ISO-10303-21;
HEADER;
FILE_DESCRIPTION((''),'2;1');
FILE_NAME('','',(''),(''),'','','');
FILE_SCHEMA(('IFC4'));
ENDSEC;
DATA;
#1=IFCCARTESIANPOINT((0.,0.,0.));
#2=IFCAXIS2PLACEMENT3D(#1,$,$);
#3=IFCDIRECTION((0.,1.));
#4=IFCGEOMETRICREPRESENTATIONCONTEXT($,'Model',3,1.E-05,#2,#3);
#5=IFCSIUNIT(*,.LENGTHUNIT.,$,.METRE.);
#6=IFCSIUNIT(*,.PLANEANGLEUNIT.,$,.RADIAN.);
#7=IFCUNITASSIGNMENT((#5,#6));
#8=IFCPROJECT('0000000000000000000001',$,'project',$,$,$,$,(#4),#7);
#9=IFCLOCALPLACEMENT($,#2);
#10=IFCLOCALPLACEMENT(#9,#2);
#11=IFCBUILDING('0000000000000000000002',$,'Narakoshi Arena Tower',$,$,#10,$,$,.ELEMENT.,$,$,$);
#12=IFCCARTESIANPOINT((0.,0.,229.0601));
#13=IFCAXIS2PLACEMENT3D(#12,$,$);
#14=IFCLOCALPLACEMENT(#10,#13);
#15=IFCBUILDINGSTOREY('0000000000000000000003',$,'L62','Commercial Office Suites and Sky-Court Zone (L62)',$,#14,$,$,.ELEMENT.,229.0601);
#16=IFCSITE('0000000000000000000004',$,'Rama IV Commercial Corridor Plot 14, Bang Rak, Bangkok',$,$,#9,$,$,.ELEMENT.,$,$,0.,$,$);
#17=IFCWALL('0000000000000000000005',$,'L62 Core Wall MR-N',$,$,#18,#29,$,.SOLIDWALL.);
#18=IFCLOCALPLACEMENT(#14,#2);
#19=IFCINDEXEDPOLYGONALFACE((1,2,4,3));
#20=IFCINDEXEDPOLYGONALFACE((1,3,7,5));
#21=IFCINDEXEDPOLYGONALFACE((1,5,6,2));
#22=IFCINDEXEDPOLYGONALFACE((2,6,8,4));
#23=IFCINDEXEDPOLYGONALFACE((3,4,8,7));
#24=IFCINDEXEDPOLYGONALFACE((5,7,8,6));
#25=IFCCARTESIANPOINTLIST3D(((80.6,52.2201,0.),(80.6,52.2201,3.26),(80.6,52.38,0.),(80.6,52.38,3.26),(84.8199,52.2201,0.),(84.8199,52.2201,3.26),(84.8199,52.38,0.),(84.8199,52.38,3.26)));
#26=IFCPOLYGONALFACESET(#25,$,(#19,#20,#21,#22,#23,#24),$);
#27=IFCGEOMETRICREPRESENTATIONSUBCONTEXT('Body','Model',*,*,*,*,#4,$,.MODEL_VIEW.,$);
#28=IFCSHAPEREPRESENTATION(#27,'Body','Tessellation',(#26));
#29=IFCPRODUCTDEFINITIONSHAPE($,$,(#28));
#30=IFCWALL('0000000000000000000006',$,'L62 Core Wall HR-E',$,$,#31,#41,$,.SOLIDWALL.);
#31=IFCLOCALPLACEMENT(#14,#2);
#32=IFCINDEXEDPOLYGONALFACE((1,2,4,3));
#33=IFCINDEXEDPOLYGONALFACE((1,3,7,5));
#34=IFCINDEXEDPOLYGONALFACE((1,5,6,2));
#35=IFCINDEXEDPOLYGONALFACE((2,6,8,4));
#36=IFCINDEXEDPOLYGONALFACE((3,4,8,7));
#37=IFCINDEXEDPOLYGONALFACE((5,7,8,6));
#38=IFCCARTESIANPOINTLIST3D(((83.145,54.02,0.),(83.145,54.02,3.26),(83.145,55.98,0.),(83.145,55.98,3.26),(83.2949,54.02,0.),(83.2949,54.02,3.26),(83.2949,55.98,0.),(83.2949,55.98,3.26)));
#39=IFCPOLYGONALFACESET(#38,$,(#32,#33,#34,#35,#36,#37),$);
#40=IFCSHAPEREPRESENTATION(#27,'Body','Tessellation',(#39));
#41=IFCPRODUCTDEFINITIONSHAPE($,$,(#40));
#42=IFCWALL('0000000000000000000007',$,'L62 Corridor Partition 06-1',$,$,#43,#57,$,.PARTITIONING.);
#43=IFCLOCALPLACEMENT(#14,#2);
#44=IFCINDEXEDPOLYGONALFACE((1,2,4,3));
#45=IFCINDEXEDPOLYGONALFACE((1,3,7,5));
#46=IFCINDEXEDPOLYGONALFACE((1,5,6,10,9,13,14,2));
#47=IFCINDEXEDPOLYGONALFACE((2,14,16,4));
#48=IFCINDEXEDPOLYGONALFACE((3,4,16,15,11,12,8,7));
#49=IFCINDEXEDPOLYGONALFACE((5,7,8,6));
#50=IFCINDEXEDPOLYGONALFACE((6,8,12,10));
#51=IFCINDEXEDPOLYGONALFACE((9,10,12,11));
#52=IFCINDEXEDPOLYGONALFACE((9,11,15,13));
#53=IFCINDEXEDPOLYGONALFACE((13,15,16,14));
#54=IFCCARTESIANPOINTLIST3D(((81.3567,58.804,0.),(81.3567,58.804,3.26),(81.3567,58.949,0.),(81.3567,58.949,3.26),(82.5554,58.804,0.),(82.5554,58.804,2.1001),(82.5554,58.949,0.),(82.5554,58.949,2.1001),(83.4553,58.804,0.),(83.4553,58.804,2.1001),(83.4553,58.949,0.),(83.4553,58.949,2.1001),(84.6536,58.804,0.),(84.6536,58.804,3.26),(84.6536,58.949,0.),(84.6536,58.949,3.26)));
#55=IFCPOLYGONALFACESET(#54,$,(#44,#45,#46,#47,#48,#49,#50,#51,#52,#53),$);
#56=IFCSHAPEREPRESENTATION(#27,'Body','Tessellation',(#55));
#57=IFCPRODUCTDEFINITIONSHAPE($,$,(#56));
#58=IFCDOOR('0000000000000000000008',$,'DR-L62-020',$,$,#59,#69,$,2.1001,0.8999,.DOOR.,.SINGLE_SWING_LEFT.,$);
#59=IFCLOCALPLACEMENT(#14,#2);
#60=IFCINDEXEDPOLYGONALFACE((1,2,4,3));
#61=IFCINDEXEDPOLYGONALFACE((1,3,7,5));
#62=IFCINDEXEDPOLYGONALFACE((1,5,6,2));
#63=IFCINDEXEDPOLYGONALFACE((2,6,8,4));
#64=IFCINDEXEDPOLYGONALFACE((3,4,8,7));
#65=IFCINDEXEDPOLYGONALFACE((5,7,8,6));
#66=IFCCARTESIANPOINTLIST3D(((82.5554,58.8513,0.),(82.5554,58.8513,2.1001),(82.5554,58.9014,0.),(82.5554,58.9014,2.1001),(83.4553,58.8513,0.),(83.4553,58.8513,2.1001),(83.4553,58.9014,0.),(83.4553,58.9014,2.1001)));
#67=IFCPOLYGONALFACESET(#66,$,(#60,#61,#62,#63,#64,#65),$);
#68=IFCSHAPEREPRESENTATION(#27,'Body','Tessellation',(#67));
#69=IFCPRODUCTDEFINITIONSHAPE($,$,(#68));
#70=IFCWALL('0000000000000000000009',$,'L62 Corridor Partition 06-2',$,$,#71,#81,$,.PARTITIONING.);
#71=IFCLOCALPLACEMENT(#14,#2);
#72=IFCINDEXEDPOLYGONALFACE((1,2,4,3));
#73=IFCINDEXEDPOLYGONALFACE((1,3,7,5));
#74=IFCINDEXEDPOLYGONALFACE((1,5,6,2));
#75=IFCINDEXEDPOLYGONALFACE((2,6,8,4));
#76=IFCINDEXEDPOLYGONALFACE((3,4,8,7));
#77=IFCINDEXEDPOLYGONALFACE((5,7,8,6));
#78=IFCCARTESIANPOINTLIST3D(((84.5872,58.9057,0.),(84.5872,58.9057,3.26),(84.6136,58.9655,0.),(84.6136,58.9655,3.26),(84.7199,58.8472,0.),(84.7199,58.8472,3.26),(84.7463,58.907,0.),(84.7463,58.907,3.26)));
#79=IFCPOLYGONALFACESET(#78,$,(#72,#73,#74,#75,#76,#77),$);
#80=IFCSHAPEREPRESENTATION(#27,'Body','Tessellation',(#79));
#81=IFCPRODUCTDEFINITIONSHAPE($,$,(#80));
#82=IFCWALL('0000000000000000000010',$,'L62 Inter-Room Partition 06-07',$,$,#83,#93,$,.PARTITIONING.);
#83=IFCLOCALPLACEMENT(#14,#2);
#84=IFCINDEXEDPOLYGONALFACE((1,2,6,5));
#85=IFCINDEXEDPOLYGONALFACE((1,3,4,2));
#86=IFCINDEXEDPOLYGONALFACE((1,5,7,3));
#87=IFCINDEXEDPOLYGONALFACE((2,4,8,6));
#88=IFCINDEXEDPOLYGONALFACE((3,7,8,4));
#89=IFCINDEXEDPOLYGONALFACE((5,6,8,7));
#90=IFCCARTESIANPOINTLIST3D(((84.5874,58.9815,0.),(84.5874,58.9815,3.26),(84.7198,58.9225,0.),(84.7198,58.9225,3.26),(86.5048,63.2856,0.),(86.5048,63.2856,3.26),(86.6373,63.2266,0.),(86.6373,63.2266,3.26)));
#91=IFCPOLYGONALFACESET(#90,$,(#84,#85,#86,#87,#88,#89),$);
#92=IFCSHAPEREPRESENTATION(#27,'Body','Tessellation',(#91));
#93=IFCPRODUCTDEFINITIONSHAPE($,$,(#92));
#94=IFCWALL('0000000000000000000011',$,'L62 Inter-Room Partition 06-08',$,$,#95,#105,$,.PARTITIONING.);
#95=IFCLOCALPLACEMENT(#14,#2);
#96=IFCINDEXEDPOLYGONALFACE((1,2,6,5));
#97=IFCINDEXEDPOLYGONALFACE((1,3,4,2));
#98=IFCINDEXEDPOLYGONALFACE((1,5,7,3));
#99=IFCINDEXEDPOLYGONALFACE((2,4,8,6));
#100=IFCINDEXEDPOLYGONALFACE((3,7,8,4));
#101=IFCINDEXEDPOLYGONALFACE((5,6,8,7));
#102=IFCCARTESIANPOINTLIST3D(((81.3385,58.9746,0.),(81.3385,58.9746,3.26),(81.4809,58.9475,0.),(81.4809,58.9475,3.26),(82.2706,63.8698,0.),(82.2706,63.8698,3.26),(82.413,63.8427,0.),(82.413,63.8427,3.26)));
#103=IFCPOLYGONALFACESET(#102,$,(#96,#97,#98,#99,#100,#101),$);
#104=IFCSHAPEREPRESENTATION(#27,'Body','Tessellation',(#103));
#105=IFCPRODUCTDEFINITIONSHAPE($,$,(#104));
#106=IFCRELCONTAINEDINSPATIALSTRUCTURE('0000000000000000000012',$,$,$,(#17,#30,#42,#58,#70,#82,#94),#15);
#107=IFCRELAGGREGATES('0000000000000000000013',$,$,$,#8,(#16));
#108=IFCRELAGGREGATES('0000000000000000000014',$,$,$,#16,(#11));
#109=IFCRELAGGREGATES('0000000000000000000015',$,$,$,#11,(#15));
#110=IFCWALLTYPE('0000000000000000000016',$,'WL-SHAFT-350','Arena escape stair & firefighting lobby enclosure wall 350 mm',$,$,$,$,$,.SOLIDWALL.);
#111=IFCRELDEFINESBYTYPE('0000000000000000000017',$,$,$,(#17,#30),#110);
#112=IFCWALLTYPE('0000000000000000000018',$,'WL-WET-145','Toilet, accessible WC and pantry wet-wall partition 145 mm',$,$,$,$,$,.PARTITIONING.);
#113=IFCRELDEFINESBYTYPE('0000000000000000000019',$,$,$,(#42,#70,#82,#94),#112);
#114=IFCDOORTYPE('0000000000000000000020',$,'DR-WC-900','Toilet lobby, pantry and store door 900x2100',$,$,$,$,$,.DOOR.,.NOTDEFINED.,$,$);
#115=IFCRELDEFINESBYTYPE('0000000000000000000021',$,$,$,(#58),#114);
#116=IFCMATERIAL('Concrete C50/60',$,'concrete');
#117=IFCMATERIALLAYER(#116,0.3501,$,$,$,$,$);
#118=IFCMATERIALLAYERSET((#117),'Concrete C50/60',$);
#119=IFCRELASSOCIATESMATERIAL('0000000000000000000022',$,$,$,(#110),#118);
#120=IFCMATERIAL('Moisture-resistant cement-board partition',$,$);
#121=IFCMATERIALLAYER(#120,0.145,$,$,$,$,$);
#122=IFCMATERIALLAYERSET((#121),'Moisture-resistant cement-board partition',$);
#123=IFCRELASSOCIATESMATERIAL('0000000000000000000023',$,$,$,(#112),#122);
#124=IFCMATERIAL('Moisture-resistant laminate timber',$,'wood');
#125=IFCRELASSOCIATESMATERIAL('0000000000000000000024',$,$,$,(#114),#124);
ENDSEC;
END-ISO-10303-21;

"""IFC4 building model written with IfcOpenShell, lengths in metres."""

from ifc_helpers import new_model, si_unit, direction, frame, frame_2d, origin, place, context, subcontext, project, spatial, rectangle, extrude, material, layer, layer_set, type_object, element, fill, save


model = new_model("IFC4")

# Units and contexts
model_context = context("Model", 3, precision=1e-05, world=origin(), true_north=direction((0.0, 1.0)))
body_context = subcontext(model_context, "Body", "Model", "MODEL_VIEW")
ifc_project = project(units=[si_unit("LENGTHUNIT", "METRE"), si_unit("PLANEANGLEUNIT", "RADIAN")], contexts=[model_context])

# Site, building, storey
site_placement = place(None, origin())
site = spatial("IfcSite", under=ifc_project, at=site_placement, Name="Rama IV Commercial Corridor Plot 14, Bang Rak, Bangkok", CompositionType="ELEMENT", RefElevation=0.0)
building_placement = place(site_placement, origin())
building = spatial("IfcBuilding", under=site, at=building_placement, Name="Narakoshi Arena Tower", CompositionType="ELEMENT")
storey_placement = place(building_placement, frame((0.0, 0.0, 229.0601)))
storey = spatial("IfcBuildingStorey", under=building, at=storey_placement, Name="L62", Description="Commercial Office Suites and Sky-Court Zone (L62)", CompositionType="ELEMENT", Elevation=229.0601)

# Shared definitions
ifc_material_1 = material(Name="Concrete C50/60", Category="concrete")
ifc_layer_1 = layer(ifc_material_1, 0.3501)
ifc_layer_set_1 = layer_set([ifc_layer_1], Name="Concrete C50/60")
wall_type_1 = type_object("IfcWallType", Name="WL-SHAFT-350", Description="Arena escape stair & firefighting lobby enclosure wall 350 mm", PredefinedType="SOLIDWALL", material=ifc_layer_set_1)

# Walls
wall_1_placement = place(storey_placement, frame((80.6001, 52.3, 0.0), z_axis=(0.0, 0.0, 1.0), x_axis=(1.0, 0.0, 0.0)))
element("IfcWall", 1, at=wall_1_placement, inside=storey, type_object=wall_type_1, Name="L62 Core Wall MR-N", PredefinedType="SOLIDWALL", context=body_context, shape_type="SweptSolid", body=[
    extrude(rectangle(XDim=4.22, YDim=0.1599, at=frame_2d((2.1099, 0.0))), origin(), (0.0, 0.0, 1.0), 3.26),
])
wall_2_placement = place(storey_placement, frame((83.22, 54.02, 0.0), z_axis=(0.0, 0.0, 1.0), x_axis=(0.0, 1.0, 0.0)))
element("IfcWall", 2, at=wall_2_placement, inside=storey, type_object=wall_type_1, Name="L62 Core Wall HR-E", PredefinedType="SOLIDWALL", context=body_context, shape_type="SweptSolid", body=[
    extrude(rectangle(XDim=1.96, YDim=0.1499, at=frame_2d((0.98, 0.0))), origin(), (0.0, 0.0, 1.0), 3.26),
])

# Wall, opening, door
ifc_material_2 = material(Name="Moisture-resistant cement-board partition")
ifc_layer_2 = layer(ifc_material_2, 0.145)
ifc_layer_set_2 = layer_set([ifc_layer_2], Name="Moisture-resistant cement-board partition")
wall_type_2 = type_object("IfcWallType", Name="WL-WET-145", Description="Toilet, accessible WC and pantry wet-wall partition 145 mm", PredefinedType="PARTITIONING", material=ifc_layer_set_2)
wall_3_placement = place(storey_placement, frame((84.6536, 58.8765, 0.0), z_axis=(0.0, 0.0, 1.0), x_axis=(-1.0, 0.0, 0.0)))
wall_3 = element("IfcWall", 3, at=wall_3_placement, inside=storey, type_object=wall_type_2, Name="L62 Corridor Partition 06-1", PredefinedType="PARTITIONING", context=body_context, shape_type="SweptSolid", body=[
    extrude(rectangle(XDim=3.2969, YDim=0.145, at=frame_2d((1.6484, 0.0))), origin(), (0.0, 0.0, 1.0), 3.26),
])
opening_1_placement = place(wall_3_placement, frame((1.1982, 0.0, 0.0)))
opening_1 = element("IfcOpeningElement", 4, at=opening_1_placement, cuts=wall_3, PredefinedType="OPENING", context=body_context, shape_type="SweptSolid", body=[
    extrude(rectangle(XDim=0.8999, YDim=2.1001, at=frame_2d((0.45, 1.05))), frame((0.0, 0.0825, 0.0), z_axis=(0.0, -1.0, 0.0), x_axis=(1.0, 0.0, 0.0)), (0.0, 0.0, 1.0), 0.165),
])
ifc_material_3 = material(Name="Moisture-resistant laminate timber", Category="wood")
door_type_1 = type_object("IfcDoorType", Name="DR-WC-900", Description="Toilet lobby, pantry and store door 900x2100", OperationType="NOTDEFINED", PredefinedType="DOOR", material=ifc_material_3)
door_1_placement = place(opening_1_placement, frame((0.8999, 0.0, 0.0), z_axis=(0.0, 0.0, 1.0), x_axis=(-1.0, 0.0, 0.0)))
door_1 = element("IfcDoor", 5, at=door_1_placement, inside=storey, type_object=door_type_1, Name="DR-L62-020", OperationType="SINGLE_SWING_LEFT", OverallHeight=2.1001, OverallWidth=0.8999, PredefinedType="DOOR", context=body_context, shape_type="SweptSolid", body=[
    extrude(rectangle(XDim=0.8999, YDim=2.1001, at=frame_2d((0.45, 1.05))), frame((0.0, 0.0249, 0.0), z_axis=(0.0, -1.0, 0.0), x_axis=(1.0, 0.0, 0.0)), (0.0, 0.0, 1.0), 0.05),
])
fill(opening_1, door_1)

# Walls
wall_4_placement = place(storey_placement, frame((84.6799, 58.9363, 0.0), z_axis=(0.0, 0.0, 1.0), x_axis=(-0.403364, -0.915039, 0.0)))
element("IfcWall", 6, at=wall_4_placement, inside=storey, type_object=wall_type_2, Name="L62 Corridor Partition 06-2", PredefinedType="PARTITIONING", context=body_context, shape_type="SweptSolid", body=[
    extrude(rectangle(XDim=0.0654, YDim=0.145, at=frame_2d((0.0327, 0.0))), origin(), (0.0, 0.0, 1.0), 3.26),
])
wall_5_placement = place(storey_placement, frame((86.571, 63.2561, 0.0), z_axis=(0.0, 0.0, 1.0), x_axis=(-0.406936, -0.913457, 0.0)))
element("IfcWall", 7, at=wall_5_placement, inside=storey, type_object=wall_type_2, Name="L62 Inter-Room Partition 06-07", PredefinedType="PARTITIONING", context=body_context, shape_type="SweptSolid", body=[
    extrude(rectangle(XDim=4.7119, YDim=0.145, at=frame_2d((2.356, 0.0))), origin(), (0.0, 0.0, 1.0), 3.26),
])
wall_6_placement = place(storey_placement, frame((81.4097, 58.9609, 0.0), z_axis=(0.0, 0.0, 1.0), x_axis=(0.187054, 0.98235, 0.0)))
element("IfcWall", 8, at=wall_6_placement, inside=storey, type_object=wall_type_2, Name="L62 Inter-Room Partition 06-08", PredefinedType="PARTITIONING", context=body_context, shape_type="SweptSolid", body=[
    extrude(rectangle(XDim=4.9832, YDim=0.145, at=frame_2d((2.4917, 0.0))), origin(), (0.0, 0.0, 1.0), 3.26),
])

save(model, "model.ifc")
